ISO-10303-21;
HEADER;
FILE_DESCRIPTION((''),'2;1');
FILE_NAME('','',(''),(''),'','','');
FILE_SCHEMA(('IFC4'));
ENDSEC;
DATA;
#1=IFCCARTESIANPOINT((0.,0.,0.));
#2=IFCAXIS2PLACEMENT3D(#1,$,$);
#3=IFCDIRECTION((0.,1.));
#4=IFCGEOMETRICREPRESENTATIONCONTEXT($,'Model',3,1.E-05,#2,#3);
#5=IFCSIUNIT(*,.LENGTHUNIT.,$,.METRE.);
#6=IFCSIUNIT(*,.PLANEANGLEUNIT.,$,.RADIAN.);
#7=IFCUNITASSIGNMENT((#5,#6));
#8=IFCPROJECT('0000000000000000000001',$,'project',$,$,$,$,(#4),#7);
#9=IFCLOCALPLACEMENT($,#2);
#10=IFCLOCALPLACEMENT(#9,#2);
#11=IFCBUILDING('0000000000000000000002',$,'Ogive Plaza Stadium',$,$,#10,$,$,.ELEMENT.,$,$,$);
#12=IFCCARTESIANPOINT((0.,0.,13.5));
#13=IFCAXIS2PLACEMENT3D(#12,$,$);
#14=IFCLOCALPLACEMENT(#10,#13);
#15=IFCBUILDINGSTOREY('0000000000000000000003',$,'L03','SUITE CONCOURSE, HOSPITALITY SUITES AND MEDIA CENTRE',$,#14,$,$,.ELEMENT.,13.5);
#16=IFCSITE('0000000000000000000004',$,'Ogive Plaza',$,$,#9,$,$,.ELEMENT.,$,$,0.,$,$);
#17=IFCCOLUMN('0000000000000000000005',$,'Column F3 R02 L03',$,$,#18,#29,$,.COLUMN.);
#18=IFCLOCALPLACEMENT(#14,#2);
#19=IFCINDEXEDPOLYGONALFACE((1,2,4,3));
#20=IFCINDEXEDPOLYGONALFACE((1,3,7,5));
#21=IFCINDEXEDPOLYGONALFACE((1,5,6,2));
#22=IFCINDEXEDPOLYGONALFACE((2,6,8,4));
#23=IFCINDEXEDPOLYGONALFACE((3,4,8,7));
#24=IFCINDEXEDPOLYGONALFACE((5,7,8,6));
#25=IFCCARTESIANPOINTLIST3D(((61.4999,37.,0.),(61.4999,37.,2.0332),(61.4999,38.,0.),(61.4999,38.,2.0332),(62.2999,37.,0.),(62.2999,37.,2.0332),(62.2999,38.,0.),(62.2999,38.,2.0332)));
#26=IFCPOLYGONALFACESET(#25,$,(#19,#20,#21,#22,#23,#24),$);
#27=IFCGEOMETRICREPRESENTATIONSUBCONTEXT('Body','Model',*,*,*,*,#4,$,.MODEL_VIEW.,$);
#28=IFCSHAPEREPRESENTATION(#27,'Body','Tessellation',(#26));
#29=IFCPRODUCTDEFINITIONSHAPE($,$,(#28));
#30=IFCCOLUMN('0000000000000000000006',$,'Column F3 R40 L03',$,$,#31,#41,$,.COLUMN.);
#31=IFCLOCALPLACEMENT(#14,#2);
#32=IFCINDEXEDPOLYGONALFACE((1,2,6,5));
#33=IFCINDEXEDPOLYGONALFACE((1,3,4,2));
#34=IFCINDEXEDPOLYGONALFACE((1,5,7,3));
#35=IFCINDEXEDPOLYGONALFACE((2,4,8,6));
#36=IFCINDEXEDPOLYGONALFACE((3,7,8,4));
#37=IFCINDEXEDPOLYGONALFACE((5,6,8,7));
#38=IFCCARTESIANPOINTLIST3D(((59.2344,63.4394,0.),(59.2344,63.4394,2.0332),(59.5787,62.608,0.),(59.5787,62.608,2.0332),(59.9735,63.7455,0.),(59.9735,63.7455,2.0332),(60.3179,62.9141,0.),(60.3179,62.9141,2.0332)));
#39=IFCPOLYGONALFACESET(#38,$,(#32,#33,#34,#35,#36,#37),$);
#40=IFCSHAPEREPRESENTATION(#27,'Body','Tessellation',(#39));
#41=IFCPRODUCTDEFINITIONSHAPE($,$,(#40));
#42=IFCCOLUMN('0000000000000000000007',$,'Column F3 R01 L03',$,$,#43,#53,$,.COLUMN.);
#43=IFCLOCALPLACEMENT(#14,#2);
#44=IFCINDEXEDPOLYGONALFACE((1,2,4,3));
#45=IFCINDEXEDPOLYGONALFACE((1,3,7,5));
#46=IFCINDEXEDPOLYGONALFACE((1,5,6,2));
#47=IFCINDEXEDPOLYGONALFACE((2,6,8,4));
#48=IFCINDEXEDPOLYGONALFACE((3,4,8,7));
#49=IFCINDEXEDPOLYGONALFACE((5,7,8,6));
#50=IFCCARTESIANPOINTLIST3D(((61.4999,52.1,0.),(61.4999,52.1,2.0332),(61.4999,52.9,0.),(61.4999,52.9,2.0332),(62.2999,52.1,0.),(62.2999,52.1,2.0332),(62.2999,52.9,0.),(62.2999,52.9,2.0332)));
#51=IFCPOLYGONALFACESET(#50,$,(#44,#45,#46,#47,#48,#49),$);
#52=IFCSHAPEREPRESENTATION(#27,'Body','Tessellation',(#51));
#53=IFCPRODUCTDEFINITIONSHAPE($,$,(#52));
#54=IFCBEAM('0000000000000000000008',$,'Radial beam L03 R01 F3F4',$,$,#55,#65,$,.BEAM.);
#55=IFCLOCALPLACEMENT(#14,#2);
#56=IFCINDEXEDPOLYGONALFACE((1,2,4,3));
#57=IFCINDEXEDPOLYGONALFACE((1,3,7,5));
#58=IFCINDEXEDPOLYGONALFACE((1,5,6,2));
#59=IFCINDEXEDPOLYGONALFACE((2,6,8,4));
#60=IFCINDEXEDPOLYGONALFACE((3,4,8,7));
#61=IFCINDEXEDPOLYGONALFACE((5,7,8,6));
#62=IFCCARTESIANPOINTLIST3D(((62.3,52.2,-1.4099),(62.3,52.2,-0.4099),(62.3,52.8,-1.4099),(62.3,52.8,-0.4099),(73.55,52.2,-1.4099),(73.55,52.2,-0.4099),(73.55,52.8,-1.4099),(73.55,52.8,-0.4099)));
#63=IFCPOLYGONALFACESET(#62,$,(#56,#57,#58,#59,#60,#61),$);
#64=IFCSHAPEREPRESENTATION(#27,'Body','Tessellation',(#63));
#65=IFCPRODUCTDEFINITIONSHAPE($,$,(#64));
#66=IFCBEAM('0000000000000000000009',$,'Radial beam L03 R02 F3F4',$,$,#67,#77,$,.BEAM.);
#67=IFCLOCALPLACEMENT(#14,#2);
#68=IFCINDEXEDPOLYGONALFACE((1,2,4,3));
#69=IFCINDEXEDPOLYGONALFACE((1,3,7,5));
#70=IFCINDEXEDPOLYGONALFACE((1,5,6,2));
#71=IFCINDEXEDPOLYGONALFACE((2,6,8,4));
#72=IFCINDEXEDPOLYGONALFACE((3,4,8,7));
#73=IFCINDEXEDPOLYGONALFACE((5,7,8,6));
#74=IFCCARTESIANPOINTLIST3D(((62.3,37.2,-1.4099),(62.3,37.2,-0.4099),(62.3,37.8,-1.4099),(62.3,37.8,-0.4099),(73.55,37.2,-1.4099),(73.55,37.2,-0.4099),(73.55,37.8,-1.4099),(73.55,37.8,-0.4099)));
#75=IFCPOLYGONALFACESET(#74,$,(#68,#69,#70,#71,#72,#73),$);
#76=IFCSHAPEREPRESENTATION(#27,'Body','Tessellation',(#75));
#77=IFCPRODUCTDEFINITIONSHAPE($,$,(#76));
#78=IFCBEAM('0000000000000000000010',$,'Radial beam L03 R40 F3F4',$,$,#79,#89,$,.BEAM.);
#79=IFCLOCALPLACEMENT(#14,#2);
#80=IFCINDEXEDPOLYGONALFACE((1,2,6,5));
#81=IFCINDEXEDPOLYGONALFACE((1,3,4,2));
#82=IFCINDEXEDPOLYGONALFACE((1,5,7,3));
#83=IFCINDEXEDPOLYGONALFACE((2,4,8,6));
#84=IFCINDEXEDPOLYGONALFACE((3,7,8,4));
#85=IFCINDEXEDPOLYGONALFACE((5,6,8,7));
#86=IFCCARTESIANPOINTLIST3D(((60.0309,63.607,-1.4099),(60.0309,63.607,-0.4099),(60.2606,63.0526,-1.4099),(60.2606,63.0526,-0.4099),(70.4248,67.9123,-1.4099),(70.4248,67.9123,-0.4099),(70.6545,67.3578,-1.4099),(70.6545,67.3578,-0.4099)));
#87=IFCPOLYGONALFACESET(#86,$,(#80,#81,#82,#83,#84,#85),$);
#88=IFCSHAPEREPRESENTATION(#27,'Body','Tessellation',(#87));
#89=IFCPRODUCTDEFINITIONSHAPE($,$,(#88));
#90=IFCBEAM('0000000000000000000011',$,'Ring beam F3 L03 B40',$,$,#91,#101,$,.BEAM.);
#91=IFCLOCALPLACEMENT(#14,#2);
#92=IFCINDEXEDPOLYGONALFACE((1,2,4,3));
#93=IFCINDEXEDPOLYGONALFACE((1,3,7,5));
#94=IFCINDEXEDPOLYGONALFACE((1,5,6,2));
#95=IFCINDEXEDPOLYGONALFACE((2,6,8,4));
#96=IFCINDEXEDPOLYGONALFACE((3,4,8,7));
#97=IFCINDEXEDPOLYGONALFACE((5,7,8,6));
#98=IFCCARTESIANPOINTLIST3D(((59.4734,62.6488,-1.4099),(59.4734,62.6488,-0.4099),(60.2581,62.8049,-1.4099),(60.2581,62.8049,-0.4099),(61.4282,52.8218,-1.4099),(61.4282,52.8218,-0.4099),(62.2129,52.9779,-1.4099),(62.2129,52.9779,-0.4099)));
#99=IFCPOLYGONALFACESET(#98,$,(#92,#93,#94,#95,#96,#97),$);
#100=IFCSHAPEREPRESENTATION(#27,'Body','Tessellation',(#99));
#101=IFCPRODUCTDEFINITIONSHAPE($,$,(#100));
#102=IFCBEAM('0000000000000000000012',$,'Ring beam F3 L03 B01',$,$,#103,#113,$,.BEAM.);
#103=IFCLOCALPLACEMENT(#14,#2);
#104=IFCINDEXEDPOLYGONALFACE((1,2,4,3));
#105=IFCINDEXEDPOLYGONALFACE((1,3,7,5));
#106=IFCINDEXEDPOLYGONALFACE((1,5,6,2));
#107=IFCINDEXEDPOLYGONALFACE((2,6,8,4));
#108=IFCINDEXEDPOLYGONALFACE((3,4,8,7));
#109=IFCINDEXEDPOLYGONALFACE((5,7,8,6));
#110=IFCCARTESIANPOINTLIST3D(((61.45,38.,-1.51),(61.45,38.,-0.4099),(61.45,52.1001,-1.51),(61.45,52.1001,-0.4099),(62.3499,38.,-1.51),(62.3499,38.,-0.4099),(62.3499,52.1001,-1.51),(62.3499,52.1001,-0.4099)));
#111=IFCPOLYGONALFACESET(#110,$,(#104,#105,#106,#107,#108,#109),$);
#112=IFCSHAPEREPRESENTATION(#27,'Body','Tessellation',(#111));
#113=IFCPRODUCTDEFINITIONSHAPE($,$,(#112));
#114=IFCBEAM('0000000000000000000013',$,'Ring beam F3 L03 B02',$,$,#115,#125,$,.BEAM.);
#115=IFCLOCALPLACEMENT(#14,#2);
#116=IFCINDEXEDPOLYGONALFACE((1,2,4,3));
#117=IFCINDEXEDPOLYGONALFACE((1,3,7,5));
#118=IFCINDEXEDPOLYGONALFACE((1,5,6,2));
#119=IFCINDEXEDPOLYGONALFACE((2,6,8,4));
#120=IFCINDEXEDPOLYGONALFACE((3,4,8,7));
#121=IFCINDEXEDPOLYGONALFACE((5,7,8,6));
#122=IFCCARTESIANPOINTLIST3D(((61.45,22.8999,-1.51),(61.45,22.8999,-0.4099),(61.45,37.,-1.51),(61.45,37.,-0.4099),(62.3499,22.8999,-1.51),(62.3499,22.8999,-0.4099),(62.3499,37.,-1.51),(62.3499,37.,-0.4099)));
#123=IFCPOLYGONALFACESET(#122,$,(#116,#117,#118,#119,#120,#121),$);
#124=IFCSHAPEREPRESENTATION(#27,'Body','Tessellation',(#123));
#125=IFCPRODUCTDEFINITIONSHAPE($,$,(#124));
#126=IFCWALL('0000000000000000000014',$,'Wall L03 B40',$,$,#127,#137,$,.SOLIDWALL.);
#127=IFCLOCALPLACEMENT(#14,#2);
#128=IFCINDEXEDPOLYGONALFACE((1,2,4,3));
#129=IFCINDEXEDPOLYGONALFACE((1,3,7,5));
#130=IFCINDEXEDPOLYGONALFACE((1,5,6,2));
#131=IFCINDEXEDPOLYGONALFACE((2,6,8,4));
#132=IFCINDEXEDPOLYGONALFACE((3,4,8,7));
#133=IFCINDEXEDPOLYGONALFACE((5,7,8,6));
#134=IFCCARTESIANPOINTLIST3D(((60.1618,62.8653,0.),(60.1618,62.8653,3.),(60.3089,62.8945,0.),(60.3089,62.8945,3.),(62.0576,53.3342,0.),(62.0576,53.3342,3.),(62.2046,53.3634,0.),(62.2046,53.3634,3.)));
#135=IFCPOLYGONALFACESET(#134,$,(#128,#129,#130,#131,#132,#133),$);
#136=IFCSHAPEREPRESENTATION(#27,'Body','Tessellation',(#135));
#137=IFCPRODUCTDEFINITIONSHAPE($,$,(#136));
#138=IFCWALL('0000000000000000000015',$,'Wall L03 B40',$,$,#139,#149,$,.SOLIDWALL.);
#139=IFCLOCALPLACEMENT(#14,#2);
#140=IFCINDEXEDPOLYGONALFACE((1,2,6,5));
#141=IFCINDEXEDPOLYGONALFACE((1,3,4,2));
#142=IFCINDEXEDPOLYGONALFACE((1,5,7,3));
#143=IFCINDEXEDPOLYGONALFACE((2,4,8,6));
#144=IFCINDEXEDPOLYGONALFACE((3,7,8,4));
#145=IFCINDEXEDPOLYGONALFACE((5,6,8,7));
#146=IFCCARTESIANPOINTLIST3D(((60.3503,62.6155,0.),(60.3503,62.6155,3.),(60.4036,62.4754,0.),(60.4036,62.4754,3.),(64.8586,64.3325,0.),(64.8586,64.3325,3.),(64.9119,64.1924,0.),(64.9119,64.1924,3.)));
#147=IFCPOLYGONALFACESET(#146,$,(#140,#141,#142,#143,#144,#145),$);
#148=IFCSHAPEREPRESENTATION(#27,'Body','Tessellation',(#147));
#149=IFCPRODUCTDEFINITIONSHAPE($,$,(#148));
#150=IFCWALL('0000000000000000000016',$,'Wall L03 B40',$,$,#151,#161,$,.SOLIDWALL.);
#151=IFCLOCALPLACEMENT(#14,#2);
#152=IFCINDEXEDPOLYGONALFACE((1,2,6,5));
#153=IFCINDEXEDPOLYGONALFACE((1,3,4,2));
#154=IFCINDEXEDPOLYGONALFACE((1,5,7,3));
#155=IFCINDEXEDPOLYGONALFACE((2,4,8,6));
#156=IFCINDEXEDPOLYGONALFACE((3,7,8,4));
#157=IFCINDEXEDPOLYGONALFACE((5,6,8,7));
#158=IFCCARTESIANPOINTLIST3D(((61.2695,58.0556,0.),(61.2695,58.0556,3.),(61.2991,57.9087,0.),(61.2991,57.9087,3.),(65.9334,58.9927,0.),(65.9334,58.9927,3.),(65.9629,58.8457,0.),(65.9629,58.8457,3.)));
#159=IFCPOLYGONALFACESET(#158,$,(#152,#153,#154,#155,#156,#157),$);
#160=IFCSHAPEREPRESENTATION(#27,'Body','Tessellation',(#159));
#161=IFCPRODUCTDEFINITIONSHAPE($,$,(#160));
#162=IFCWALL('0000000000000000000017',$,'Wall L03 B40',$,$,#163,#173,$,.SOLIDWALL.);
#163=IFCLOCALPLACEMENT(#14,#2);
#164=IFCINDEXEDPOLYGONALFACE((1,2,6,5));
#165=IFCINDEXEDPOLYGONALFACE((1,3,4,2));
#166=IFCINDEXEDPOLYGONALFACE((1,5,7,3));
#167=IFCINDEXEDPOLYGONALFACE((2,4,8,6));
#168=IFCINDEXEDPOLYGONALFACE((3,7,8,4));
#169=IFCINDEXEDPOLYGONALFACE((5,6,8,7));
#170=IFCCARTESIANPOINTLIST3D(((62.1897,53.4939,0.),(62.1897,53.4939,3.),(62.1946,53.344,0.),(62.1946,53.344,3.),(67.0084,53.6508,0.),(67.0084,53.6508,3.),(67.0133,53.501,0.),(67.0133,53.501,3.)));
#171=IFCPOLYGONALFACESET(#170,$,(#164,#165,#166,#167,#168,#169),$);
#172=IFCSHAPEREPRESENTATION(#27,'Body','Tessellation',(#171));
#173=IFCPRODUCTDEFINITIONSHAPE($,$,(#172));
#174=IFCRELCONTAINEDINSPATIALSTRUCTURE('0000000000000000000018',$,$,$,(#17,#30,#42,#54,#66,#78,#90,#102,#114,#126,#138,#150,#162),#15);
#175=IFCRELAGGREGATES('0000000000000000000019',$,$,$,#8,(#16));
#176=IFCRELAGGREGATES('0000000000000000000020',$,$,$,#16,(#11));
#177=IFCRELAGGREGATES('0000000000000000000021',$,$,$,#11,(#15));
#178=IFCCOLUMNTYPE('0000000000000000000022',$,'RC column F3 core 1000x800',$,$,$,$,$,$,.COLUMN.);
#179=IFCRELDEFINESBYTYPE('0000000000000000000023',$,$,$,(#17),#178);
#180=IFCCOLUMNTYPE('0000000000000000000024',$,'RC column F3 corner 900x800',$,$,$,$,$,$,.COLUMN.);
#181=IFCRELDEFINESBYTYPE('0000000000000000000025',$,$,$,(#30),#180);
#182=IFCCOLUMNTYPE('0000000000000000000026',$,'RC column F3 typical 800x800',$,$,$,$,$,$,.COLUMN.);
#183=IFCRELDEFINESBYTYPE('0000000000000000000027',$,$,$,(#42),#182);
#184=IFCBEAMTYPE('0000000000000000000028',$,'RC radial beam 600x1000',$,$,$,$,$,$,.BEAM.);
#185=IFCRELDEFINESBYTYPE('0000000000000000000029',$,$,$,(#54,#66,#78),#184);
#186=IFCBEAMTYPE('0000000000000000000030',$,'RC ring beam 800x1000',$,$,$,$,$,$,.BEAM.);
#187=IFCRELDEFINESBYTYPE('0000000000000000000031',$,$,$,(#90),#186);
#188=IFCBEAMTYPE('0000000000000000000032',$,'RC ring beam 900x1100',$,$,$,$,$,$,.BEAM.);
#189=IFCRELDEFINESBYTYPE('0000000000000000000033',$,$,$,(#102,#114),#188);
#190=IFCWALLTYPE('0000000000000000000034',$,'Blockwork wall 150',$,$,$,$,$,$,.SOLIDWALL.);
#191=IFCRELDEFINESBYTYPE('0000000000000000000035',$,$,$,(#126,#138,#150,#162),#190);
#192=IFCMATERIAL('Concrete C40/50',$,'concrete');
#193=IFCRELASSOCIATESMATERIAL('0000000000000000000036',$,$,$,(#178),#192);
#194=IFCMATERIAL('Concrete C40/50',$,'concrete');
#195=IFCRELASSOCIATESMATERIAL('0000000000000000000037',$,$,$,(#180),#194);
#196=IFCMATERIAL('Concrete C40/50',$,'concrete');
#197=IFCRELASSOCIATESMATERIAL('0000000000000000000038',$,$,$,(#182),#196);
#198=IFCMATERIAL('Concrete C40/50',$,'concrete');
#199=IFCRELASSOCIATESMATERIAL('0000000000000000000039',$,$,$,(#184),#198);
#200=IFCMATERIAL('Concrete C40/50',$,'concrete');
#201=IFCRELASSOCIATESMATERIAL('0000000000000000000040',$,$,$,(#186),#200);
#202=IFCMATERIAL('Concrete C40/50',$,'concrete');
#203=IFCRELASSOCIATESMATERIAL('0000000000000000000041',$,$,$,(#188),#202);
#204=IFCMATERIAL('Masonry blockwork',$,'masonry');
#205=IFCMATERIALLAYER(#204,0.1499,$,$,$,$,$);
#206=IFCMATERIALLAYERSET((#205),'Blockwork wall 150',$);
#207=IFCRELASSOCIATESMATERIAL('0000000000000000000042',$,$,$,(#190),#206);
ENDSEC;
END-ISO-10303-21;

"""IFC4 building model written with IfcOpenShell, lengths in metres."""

from ifc_helpers import new_model, si_unit, direction, frame, frame_2d, origin, origin_2d, place, context, subcontext, project, spatial, rectangle, extrude, material, layer, layer_set, material_profile, profile_set, type_object, element, save


model = new_model("IFC4")

# Units and contexts
model_context = context("Model", 3, precision=1e-05, world=origin(), true_north=direction((0.0, 1.0)))
body_context = subcontext(model_context, "Body", "Model", "MODEL_VIEW")
ifc_project = project(units=[si_unit("LENGTHUNIT", "METRE"), si_unit("PLANEANGLEUNIT", "RADIAN")], contexts=[model_context])

# Site, building, storey
site_placement = place(None, origin())
site = spatial("IfcSite", under=ifc_project, at=site_placement, Name="Ogive Plaza", CompositionType="ELEMENT", RefElevation=0.0)
building_placement = place(site_placement, origin())
building = spatial("IfcBuilding", under=site, at=building_placement, Name="Ogive Plaza Stadium", CompositionType="ELEMENT")
storey_placement = place(building_placement, frame((0.0, 0.0, 13.5)))
storey = spatial("IfcBuildingStorey", under=building, at=storey_placement, Name="L03", Description="SUITE CONCOURSE, HOSPITALITY SUITES AND MEDIA CENTRE", CompositionType="ELEMENT", Elevation=13.5)

# Columns
ifc_material_1 = material(Name="Concrete C40/50", Category="concrete")
ifc_material_profile_1 = material_profile(ifc_material_1, rectangle(XDim=1.0, YDim=0.8, at=origin_2d()), Name="RC 1000x800")
ifc_profile_set_1 = profile_set([ifc_material_profile_1], Name="Concrete C40/50")
column_type_1 = type_object("IfcColumnType", Name="RC column F3 core 1000x800", PredefinedType="COLUMN", material=ifc_profile_set_1)
column_1_placement = place(storey_placement, frame((61.8999, 37.5, 0.0), z_axis=(0.0, 0.0, 1.0), x_axis=(0.0, 1.0, 0.0)))
element("IfcColumn", 1, at=column_1_placement, inside=storey, type_object=column_type_1, Name="Column F3 R02 L03", PredefinedType="COLUMN", context=body_context, shape_type="SweptSolid", body=[
    extrude(rectangle(XDim=1.0, YDim=0.8, at=origin_2d()), origin(), (0.0, 0.0, 1.0), 2.0332),
])
ifc_material_2 = material(Name="Concrete C40/50", Category="concrete")
ifc_material_profile_2 = material_profile(ifc_material_2, rectangle(XDim=0.8999, YDim=0.8, at=origin_2d()), Name="RC 900x800")
ifc_profile_set_2 = profile_set([ifc_material_profile_2], Name="Concrete C40/50")
column_type_2 = type_object("IfcColumnType", Name="RC column F3 corner 900x800", PredefinedType="COLUMN", material=ifc_profile_set_2)
column_2_placement = place(storey_placement, frame((59.7761, 63.1768, 0.0), z_axis=(0.0, 0.0, 1.0), x_axis=(-0.382683, 0.92388, 0.0)))
element("IfcColumn", 2, at=column_2_placement, inside=storey, type_object=column_type_2, Name="Column F3 R40 L03", PredefinedType="COLUMN", context=body_context, shape_type="SweptSolid", body=[
    extrude(rectangle(XDim=0.8999, YDim=0.8, at=origin_2d()), origin(), (0.0, 0.0, 1.0), 2.0332),
])
ifc_material_3 = material(Name="Concrete C40/50", Category="concrete")
ifc_material_profile_3 = material_profile(ifc_material_3, rectangle(XDim=0.8, YDim=0.8, at=origin_2d()), Name="RC 800x800")
ifc_profile_set_3 = profile_set([ifc_material_profile_3], Name="Concrete C40/50")
column_type_3 = type_object("IfcColumnType", Name="RC column F3 typical 800x800", PredefinedType="COLUMN", material=ifc_profile_set_3)
column_3_placement = place(storey_placement, frame((61.8999, 52.5, 0.0), z_axis=(0.0, 0.0, 1.0), x_axis=(0.0, 1.0, 0.0)))
element("IfcColumn", 3, at=column_3_placement, inside=storey, type_object=column_type_3, Name="Column F3 R01 L03", PredefinedType="COLUMN", context=body_context, shape_type="SweptSolid", body=[
    extrude(rectangle(XDim=0.8, YDim=0.8, at=origin_2d()), origin(), (0.0, 0.0, 1.0), 2.0332),
])

# Beams
ifc_material_4 = material(Name="Concrete C40/50", Category="concrete")
ifc_material_profile_4 = material_profile(ifc_material_4, rectangle(XDim=0.6001, YDim=1.0, at=origin_2d()), Name="RC 600x1000")
ifc_profile_set_4 = profile_set([ifc_material_profile_4], Name="Concrete C40/50")
beam_type_1 = type_object("IfcBeamType", Name="RC radial beam 600x1000", PredefinedType="BEAM", material=ifc_profile_set_4)
for number, where, z_axis, x_axis, name in (
    (4, (62.3, 52.5, -0.9099), (1.0, 0.0, 0.0), (0.0, 1.0, 0.0), "Radial beam L03 R01 F3F4"),
    (5, (62.3, 37.5, -0.9099), (1.0, 0.0, 0.0), (0.0, 1.0, 0.0), "Radial beam L03 R02 F3F4"),
):
    element("IfcBeam", number, at=place(storey_placement, frame(where, z_axis=z_axis, x_axis=x_axis)), inside=storey, type_object=beam_type_1, Name=name, PredefinedType="BEAM", context=body_context, shape_type="SweptSolid", body=[
        extrude(rectangle(XDim=0.6001, YDim=1.0, at=origin_2d()), origin(), (0.0, 0.0, 1.0), 11.25),
    ])
beam_1_placement = place(storey_placement, frame((60.1458, 63.3298, -0.9099), z_axis=(0.923882, 0.382678, 0.0), x_axis=(-0.382678, 0.923882, 0.0)))
element("IfcBeam", 6, at=beam_1_placement, inside=storey, type_object=beam_type_1, Name="Radial beam L03 R40 F3F4", PredefinedType="BEAM", context=body_context, shape_type="SweptSolid", body=[
    extrude(rectangle(XDim=0.6001, YDim=1.0, at=origin_2d()), origin(), (0.0, 0.0, 1.0), 11.2502),
])
ifc_material_5 = material(Name="Concrete C40/50", Category="concrete")
ifc_material_profile_5 = material_profile(ifc_material_5, rectangle(XDim=0.8, YDim=1.0, at=origin_2d()), Name="RC 800x1000")
ifc_profile_set_5 = profile_set([ifc_material_profile_5], Name="Concrete C40/50")
beam_type_2 = type_object("IfcBeamType", Name="RC ring beam 800x1000", PredefinedType="BEAM", material=ifc_profile_set_5)
beam_2_placement = place(storey_placement, frame((59.8657, 62.7268, -0.9099), z_axis=(0.195104, -0.980783, 0.0), x_axis=(0.980783, 0.195104, 0.0)))
element("IfcBeam", 7, at=beam_2_placement, inside=storey, type_object=beam_type_2, Name="Ring beam F3 L03 B40", PredefinedType="BEAM", context=body_context, shape_type="SweptSolid", body=[
    extrude(rectangle(XDim=0.8, YDim=1.0, at=origin_2d()), origin(), (0.0, 0.0, 1.0), 10.0195),
])
ifc_material_6 = material(Name="Concrete C40/50", Category="concrete")
ifc_material_profile_6 = material_profile(ifc_material_6, rectangle(XDim=0.8999, YDim=1.1001, at=origin_2d()), Name="RC 900x1100")
ifc_profile_set_6 = profile_set([ifc_material_profile_6], Name="Concrete C40/50")
beam_type_3 = type_object("IfcBeamType", Name="RC ring beam 900x1100", PredefinedType="BEAM", material=ifc_profile_set_6)
for number, where, z_axis, x_axis, name in (
    (8, (61.8999, 52.1001, -0.96), (0.0, -1.0, 0.0), (1.0, 0.0, 0.0), "Ring beam F3 L03 B01"),
    (9, (61.8999, 37.0, -0.96), (0.0, -1.0, 0.0), (1.0, 0.0, 0.0), "Ring beam F3 L03 B02"),
):
    element("IfcBeam", number, at=place(storey_placement, frame(where, z_axis=z_axis, x_axis=x_axis)), inside=storey, type_object=beam_type_3, Name=name, PredefinedType="BEAM", context=body_context, shape_type="SweptSolid", body=[
        extrude(rectangle(XDim=0.8999, YDim=1.1001, at=origin_2d()), origin(), (0.0, 0.0, 1.0), 14.1001),
    ])

# Walls
ifc_material_7 = material(Name="Masonry blockwork", Category="masonry")
ifc_layer_1 = layer(ifc_material_7, 0.1499)
ifc_layer_set_1 = layer_set([ifc_layer_1], Name="Blockwork wall 150")
wall_type_1 = type_object("IfcWallType", Name="Blockwork wall 150", PredefinedType="SOLIDWALL", material=ifc_layer_set_1)
wall_1_placement = place(storey_placement, frame((60.2354, 62.8799, 0.0), z_axis=(0.0, 0.0, 1.0), x_axis=(0.195082, -0.980787, 0.0)))
element("IfcWall", 10, at=wall_1_placement, inside=storey, type_object=wall_type_1, Name="Wall L03 B40", PredefinedType="SOLIDWALL", context=body_context, shape_type="SweptSolid", body=[
    extrude(rectangle(XDim=9.7178, YDim=0.1499, at=frame_2d((4.8589, 0.0))), origin(), (0.0, 0.0, 1.0), 3.0),
])
wall_2_placement = place(storey_placement, frame((60.377, 62.5454, 0.0), z_axis=(0.0, 0.0, 1.0), x_axis=(0.934516, 0.355922, 0.0)))
element("IfcWall", 11, at=wall_2_placement, inside=storey, type_object=wall_type_1, Name="Wall L03 B40", PredefinedType="SOLIDWALL", context=body_context, shape_type="SweptSolid", body=[
    extrude(rectangle(XDim=4.8242, YDim=0.1499, at=frame_2d((2.4121, 0.0))), origin(), (0.0, 0.0, 1.0), 3.0),
])
wall_3_placement = place(storey_placement, frame((61.2844, 57.9822, 0.0), z_axis=(0.0, 0.0, 1.0), x_axis=(0.980409, 0.196975, 0.0)))
element("IfcWall", 12, at=wall_3_placement, inside=storey, type_object=wall_type_1, Name="Wall L03 B40", PredefinedType="SOLIDWALL", context=body_context, shape_type="SweptSolid", body=[
    extrude(rectangle(XDim=4.7571, YDim=0.1499, at=frame_2d((2.3784, 0.0))), origin(), (0.0, 0.0, 1.0), 3.0),
])
wall_4_placement = place(storey_placement, frame((62.1921, 53.4189, 0.0), z_axis=(0.0, 0.0, 1.0), x_axis=(0.99947, 0.032559, 0.0)))
element("IfcWall", 13, at=wall_4_placement, inside=storey, type_object=wall_type_1, Name="Wall L03 B40", PredefinedType="SOLIDWALL", context=body_context, shape_type="SweptSolid", body=[
    extrude(rectangle(XDim=4.8213, YDim=0.1499, at=frame_2d((2.4106, 0.0))), origin(), (0.0, 0.0, 1.0), 3.0),
])

save(model, "model.ifc")
